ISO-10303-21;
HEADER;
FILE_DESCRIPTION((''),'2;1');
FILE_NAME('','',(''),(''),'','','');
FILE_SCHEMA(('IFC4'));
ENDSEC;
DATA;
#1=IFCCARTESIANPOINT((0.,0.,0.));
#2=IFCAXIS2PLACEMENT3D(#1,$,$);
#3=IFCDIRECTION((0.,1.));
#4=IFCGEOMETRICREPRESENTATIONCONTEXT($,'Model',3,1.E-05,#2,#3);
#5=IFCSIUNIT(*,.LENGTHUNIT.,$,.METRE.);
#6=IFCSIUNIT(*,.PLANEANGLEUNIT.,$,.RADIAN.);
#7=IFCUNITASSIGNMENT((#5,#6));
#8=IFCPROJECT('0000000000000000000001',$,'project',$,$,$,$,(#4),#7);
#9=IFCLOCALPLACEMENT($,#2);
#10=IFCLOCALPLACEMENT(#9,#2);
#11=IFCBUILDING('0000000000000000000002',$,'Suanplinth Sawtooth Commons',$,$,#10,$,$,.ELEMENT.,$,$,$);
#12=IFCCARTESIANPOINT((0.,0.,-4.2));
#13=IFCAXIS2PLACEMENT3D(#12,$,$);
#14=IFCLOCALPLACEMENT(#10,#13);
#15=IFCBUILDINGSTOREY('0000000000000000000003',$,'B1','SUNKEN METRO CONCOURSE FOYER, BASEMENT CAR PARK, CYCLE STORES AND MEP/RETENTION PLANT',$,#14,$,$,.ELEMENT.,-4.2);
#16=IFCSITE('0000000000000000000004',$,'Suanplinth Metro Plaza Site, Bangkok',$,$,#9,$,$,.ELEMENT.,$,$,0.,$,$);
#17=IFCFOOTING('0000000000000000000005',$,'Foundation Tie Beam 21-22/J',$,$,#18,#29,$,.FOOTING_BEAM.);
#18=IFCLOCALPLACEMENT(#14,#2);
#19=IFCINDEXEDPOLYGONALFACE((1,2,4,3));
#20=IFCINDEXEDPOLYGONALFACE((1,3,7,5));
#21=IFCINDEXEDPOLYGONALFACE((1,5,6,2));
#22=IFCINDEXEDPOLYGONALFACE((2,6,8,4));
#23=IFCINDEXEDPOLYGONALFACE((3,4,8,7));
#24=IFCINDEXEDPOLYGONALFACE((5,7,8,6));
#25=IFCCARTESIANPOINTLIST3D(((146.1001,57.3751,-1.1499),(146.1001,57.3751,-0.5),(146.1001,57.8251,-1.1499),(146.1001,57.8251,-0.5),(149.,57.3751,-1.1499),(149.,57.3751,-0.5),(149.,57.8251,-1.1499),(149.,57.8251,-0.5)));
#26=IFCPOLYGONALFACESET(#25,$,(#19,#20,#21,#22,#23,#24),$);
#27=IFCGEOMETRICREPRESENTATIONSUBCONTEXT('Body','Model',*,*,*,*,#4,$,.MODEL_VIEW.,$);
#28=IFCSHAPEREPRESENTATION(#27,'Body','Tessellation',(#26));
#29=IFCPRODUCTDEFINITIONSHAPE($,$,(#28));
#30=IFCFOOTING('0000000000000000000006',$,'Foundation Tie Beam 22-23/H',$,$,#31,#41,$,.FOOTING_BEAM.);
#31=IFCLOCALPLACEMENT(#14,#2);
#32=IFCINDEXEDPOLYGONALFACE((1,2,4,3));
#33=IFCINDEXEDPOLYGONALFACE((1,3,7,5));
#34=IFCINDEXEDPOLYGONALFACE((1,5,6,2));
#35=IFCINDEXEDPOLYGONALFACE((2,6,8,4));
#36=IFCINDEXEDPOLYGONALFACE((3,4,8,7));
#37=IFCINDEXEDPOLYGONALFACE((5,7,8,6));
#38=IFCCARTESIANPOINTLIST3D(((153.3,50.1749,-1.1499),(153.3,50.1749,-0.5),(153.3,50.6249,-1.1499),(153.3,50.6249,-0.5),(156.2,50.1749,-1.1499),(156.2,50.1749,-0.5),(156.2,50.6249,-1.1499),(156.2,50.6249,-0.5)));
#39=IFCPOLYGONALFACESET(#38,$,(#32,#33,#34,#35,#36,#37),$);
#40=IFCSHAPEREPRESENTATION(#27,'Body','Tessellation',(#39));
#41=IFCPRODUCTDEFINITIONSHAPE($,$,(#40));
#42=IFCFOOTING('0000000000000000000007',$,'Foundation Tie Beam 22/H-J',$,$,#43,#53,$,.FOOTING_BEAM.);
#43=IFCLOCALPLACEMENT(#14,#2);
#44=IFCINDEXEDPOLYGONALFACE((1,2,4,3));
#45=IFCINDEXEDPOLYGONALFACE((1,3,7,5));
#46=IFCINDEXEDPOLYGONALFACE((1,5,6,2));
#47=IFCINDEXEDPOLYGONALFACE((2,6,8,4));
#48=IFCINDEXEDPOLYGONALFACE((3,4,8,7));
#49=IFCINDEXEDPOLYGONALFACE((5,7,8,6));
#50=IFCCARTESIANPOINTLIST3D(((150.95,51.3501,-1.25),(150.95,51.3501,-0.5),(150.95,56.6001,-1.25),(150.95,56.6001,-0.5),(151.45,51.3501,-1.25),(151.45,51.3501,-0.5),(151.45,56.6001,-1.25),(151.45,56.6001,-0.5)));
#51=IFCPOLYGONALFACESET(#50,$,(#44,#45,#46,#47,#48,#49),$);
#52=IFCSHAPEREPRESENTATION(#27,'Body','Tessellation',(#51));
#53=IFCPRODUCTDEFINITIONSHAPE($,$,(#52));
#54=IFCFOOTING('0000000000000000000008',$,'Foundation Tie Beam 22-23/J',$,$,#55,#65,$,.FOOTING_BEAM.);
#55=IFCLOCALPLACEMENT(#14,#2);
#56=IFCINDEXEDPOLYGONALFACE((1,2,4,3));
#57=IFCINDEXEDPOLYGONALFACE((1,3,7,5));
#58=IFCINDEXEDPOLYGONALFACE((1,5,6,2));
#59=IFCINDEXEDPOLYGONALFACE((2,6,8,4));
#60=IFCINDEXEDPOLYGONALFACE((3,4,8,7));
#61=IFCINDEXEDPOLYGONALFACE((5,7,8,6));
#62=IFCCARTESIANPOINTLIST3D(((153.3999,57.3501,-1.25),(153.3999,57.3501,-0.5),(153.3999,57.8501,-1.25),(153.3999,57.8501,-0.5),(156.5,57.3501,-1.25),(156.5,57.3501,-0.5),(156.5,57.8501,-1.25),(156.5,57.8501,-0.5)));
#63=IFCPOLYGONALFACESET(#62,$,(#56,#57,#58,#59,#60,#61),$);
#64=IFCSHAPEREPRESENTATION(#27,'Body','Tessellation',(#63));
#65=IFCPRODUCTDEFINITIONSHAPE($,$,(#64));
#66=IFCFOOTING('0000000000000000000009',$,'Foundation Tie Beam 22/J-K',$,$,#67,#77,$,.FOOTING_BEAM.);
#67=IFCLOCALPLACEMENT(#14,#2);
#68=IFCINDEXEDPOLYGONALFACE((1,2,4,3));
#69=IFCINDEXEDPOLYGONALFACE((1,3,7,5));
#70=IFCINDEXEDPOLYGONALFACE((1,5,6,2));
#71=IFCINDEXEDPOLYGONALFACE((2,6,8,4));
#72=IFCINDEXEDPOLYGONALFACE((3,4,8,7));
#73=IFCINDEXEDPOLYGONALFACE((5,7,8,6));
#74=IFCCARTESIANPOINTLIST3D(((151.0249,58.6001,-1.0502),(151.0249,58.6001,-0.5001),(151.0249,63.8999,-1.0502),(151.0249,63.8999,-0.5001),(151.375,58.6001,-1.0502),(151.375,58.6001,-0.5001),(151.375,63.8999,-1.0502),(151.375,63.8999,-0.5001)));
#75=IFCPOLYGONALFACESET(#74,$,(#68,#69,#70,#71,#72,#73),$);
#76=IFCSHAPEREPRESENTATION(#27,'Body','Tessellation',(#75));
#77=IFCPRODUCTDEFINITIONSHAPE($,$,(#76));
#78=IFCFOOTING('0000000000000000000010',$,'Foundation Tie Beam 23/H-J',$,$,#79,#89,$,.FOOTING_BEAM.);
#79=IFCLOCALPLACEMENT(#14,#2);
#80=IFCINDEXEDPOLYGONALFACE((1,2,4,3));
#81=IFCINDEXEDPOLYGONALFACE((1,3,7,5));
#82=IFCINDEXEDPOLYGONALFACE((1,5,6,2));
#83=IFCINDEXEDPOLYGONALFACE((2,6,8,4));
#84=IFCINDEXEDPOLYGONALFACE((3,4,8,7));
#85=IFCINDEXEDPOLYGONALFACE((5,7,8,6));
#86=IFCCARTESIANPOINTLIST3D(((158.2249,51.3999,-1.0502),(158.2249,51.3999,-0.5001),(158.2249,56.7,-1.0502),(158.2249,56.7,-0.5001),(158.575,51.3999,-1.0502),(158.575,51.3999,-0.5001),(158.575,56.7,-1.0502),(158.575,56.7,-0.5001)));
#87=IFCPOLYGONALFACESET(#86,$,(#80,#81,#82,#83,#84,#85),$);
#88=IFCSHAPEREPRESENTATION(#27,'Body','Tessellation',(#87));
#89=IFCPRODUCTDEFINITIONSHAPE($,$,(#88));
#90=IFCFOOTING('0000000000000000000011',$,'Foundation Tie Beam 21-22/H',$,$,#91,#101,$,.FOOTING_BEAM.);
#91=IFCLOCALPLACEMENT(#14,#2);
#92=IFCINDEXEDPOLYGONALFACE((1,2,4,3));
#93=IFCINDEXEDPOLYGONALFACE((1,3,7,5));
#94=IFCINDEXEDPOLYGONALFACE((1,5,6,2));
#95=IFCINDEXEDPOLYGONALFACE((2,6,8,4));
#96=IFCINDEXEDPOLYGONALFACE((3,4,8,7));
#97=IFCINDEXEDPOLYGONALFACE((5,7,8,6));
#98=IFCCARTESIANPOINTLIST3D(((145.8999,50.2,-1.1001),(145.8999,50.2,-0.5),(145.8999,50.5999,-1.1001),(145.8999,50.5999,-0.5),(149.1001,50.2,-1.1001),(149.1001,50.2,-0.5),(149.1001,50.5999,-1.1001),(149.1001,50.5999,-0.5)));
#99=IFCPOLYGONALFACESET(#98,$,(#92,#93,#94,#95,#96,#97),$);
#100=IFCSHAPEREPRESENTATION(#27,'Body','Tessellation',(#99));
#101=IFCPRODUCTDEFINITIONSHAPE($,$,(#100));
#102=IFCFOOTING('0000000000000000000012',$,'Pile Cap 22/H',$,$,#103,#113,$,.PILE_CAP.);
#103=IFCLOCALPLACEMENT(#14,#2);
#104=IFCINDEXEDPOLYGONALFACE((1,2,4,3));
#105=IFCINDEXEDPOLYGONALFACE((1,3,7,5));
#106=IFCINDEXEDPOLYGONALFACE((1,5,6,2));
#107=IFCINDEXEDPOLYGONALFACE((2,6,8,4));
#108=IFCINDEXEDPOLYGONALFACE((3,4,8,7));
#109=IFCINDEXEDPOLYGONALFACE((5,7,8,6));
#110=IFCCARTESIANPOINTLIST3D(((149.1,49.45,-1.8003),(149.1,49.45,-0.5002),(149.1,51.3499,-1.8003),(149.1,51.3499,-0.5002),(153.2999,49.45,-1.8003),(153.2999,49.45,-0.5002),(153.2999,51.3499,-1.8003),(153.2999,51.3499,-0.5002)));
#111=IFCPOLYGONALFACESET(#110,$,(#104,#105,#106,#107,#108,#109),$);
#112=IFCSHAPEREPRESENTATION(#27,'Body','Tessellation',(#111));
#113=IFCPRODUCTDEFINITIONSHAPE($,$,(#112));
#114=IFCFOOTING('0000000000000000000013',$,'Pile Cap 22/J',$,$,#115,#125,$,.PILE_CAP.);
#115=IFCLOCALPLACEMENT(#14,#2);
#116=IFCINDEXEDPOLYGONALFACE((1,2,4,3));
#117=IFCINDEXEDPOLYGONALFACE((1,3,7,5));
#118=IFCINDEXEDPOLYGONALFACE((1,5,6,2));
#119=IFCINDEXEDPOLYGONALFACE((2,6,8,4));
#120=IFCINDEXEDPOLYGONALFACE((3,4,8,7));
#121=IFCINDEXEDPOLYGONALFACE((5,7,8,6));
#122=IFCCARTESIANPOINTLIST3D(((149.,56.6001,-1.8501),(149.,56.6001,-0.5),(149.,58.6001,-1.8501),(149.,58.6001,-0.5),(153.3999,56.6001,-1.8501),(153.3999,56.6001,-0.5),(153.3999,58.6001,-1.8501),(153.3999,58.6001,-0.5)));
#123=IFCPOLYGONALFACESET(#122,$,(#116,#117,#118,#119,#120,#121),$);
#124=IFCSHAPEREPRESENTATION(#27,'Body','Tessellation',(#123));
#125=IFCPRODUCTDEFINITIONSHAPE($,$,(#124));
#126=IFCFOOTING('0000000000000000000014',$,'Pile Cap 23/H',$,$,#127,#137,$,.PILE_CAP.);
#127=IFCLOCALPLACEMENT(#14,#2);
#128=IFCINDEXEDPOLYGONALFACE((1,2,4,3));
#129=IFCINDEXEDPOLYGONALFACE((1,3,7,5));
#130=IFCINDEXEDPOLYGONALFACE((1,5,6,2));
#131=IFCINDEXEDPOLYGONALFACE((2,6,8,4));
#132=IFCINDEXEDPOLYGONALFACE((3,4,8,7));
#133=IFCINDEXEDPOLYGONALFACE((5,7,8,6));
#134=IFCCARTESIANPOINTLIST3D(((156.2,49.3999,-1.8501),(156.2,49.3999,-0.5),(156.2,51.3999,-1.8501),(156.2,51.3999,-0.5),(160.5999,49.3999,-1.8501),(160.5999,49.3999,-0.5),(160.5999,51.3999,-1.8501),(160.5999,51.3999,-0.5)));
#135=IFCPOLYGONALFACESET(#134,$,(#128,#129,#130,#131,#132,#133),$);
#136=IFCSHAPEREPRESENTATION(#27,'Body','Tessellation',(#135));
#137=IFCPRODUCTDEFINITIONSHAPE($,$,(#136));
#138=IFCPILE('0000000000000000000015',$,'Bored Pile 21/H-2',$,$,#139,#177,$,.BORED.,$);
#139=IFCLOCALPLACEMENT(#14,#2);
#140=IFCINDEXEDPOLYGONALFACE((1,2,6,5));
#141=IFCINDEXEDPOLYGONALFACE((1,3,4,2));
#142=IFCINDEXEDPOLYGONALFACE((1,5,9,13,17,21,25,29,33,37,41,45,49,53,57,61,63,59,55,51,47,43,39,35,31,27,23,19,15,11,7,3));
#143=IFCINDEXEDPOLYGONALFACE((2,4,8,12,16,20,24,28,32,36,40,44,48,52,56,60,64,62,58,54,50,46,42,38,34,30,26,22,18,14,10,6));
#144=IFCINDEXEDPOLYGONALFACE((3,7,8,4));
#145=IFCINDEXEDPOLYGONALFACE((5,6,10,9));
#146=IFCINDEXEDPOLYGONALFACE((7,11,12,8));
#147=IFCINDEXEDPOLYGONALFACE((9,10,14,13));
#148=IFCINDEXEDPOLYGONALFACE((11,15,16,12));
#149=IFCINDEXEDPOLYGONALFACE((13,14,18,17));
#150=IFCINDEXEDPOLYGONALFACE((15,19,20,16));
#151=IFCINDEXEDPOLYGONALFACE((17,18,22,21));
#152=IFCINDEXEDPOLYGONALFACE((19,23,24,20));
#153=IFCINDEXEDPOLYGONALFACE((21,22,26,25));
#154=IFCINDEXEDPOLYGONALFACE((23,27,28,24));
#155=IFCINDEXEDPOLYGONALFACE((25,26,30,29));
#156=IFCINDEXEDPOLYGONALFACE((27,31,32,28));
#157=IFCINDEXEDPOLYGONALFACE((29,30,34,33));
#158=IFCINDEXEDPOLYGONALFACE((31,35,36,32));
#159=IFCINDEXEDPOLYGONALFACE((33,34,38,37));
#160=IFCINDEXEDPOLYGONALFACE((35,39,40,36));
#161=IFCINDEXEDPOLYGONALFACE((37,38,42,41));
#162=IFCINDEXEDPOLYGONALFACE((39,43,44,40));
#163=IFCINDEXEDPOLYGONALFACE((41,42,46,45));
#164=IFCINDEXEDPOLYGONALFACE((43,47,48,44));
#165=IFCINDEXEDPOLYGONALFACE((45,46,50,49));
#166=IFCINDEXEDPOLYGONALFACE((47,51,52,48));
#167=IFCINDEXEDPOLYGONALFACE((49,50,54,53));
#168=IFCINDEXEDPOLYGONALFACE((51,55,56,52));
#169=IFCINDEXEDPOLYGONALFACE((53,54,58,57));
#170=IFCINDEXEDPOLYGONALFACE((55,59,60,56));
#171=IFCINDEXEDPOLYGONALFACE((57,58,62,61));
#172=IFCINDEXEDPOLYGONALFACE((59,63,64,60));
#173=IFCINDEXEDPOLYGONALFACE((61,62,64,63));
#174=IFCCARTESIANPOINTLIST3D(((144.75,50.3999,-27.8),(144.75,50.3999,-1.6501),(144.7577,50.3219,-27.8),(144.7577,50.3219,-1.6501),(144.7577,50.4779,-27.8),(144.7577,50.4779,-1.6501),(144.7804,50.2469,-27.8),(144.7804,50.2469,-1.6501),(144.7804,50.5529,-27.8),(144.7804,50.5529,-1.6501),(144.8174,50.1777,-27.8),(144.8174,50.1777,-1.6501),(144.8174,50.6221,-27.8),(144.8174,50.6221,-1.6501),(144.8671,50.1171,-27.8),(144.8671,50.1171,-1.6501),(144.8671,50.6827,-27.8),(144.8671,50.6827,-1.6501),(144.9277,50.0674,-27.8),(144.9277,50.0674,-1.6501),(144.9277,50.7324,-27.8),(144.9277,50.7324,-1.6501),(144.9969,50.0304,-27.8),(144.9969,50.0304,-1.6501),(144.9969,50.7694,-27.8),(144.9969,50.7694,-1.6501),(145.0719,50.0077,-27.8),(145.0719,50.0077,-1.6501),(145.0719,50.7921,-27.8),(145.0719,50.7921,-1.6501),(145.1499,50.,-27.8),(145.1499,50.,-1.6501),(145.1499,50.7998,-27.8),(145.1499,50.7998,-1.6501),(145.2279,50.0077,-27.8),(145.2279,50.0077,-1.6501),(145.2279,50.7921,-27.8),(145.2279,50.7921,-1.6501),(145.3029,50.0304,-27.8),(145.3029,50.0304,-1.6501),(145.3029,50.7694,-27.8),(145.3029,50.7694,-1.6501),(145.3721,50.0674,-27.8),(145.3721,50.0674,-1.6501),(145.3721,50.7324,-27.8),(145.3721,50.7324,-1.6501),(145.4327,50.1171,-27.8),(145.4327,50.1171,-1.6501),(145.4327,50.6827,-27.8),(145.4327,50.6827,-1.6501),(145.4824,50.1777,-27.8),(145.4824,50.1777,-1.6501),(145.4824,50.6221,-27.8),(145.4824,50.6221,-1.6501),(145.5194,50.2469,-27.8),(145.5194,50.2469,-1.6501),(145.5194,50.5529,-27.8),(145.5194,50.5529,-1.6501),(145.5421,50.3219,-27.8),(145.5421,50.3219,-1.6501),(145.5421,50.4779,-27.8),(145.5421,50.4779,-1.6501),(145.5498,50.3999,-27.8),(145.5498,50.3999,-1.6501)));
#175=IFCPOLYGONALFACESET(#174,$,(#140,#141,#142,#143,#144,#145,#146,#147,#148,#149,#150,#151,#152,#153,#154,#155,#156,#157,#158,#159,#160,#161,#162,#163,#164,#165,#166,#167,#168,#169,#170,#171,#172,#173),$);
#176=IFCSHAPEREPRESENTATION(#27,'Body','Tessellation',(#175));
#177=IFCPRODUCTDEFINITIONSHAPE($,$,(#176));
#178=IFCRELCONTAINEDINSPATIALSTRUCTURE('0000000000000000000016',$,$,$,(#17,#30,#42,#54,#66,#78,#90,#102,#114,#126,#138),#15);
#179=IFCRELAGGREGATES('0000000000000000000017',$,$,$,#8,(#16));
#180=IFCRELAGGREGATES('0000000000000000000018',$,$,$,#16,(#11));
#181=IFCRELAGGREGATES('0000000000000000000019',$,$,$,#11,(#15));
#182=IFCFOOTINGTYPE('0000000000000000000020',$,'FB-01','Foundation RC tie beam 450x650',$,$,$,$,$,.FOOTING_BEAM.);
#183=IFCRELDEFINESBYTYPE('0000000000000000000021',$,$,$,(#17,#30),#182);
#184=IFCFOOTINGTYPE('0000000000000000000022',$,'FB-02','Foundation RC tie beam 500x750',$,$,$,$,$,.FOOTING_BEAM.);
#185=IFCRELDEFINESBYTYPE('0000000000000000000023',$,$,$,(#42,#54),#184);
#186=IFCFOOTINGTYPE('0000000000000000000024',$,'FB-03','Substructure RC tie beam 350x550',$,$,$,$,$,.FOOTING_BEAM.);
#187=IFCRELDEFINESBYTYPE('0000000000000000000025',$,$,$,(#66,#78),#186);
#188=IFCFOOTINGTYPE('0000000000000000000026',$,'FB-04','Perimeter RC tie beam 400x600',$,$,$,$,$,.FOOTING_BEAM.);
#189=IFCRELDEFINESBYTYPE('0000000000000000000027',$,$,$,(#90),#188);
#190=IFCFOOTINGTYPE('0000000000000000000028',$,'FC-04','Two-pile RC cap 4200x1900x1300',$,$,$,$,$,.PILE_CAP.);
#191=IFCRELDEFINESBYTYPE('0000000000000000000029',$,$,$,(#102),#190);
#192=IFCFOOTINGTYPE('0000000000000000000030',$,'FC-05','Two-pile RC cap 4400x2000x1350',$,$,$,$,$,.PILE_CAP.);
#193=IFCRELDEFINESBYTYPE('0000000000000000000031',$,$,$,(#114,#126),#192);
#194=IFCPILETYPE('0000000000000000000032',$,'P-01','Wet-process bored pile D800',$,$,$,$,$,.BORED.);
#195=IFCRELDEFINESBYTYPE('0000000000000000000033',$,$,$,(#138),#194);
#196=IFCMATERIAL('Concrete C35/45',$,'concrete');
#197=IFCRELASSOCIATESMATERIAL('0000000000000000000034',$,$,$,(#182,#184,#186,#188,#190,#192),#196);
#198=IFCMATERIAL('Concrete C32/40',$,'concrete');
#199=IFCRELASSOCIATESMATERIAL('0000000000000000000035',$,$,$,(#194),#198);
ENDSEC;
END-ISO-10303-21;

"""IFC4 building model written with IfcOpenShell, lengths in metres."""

from ifc_helpers import new_model, si_unit, direction, frame, origin, origin_2d, place, context, subcontext, project, spatial, rectangle, circle, extrude, material, material_profile, profile_set, type_object, element, save


model = new_model("IFC4")

# Units and contexts
model_context = context("Model", 3, precision=1e-05, world=origin(), true_north=direction((0.0, 1.0)))
body_context = subcontext(model_context, "Body", "Model", "MODEL_VIEW")
ifc_project = project(units=[si_unit("LENGTHUNIT", "METRE"), si_unit("PLANEANGLEUNIT", "RADIAN")], contexts=[model_context])

# Site, building, storey
site_placement = place(None, origin())
site = spatial("IfcSite", under=ifc_project, at=site_placement, Name="Suanplinth Metro Plaza Site, Bangkok", CompositionType="ELEMENT", RefElevation=0.0)
building_placement = place(site_placement, origin())
building = spatial("IfcBuilding", under=site, at=building_placement, Name="Suanplinth Sawtooth Commons", CompositionType="ELEMENT")
storey_placement = place(building_placement, frame((0.0, 0.0, -4.2)))
storey = spatial("IfcBuildingStorey", under=building, at=storey_placement, Name="B1", Description="SUNKEN METRO CONCOURSE FOYER, BASEMENT CAR PARK, CYCLE STORES AND MEP/RETENTION PLANT", CompositionType="ELEMENT", Elevation=-4.2)

# Footings
ifc_material_1 = material(Name="Concrete C35/45", Category="concrete")
ifc_material_profile_1 = material_profile(ifc_material_1, rectangle(XDim=0.45, YDim=0.6499, at=origin_2d()), Name="PC-GDR 450x650")
ifc_profile_set_1 = profile_set([ifc_material_profile_1], Name="Concrete C35/45")
footing_type_1 = type_object("IfcFootingType", Name="FB-01", Description="Foundation RC tie beam 450x650", PredefinedType="FOOTING_BEAM", material=ifc_profile_set_1)
for number, where, z_axis, x_axis, name in (
    (1, (146.1001, 57.6001, -0.825), (1.0, 0.0, 0.0), (0.0, 1.0, 0.0), "Foundation Tie Beam 21-22/J"),
    (2, (153.3, 50.3999, -0.825), (1.0, 0.0, 0.0), (0.0, 1.0, 0.0), "Foundation Tie Beam 22-23/H"),
):
    element("IfcFooting", number, at=place(storey_placement, frame(where, z_axis=z_axis, x_axis=x_axis)), inside=storey, type_object=footing_type_1, Name=name, PredefinedType="FOOTING_BEAM", context=body_context, shape_type="SweptSolid", body=[
        extrude(rectangle(XDim=0.45, YDim=0.6499, at=origin_2d()), origin(), (0.0, 0.0, 1.0), 2.8999),
    ])
ifc_material_profile_2 = material_profile(ifc_material_1, rectangle(XDim=0.5, YDim=0.75, at=origin_2d()), Name="RC-GDR 500x750")
ifc_profile_set_2 = profile_set([ifc_material_profile_2], Name="Concrete C35/45")
footing_type_2 = type_object("IfcFootingType", Name="FB-02", Description="Foundation RC tie beam 500x750", PredefinedType="FOOTING_BEAM", material=ifc_profile_set_2)
footing_1_placement = place(storey_placement, frame((151.2, 51.3501, -0.875), z_axis=(0.0, 1.0, 0.0), x_axis=(-1.0, 0.0, 0.0)))
element("IfcFooting", 3, at=footing_1_placement, inside=storey, type_object=footing_type_2, Name="Foundation Tie Beam 22/H-J", PredefinedType="FOOTING_BEAM", context=body_context, shape_type="SweptSolid", body=[
    extrude(rectangle(XDim=0.5, YDim=0.75, at=origin_2d()), origin(), (0.0, 0.0, 1.0), 5.25),
])
footing_2_placement = place(storey_placement, frame((153.3999, 57.6001, -0.875), z_axis=(1.0, 0.0, 0.0), x_axis=(0.0, 1.0, 0.0)))
element("IfcFooting", 4, at=footing_2_placement, inside=storey, type_object=footing_type_2, Name="Foundation Tie Beam 22-23/J", PredefinedType="FOOTING_BEAM", context=body_context, shape_type="SweptSolid", body=[
    extrude(rectangle(XDim=0.5, YDim=0.75, at=origin_2d()), origin(), (0.0, 0.0, 1.0), 3.1001),
])
ifc_material_profile_3 = material_profile(ifc_material_1, rectangle(XDim=0.3501, YDim=0.55, at=origin_2d()), Name="PC-BM 350x550")
ifc_profile_set_3 = profile_set([ifc_material_profile_3], Name="Concrete C35/45")
footing_type_3 = type_object("IfcFootingType", Name="FB-03", Description="Substructure RC tie beam 350x550", PredefinedType="FOOTING_BEAM", material=ifc_profile_set_3)
footing_3_placement = place(storey_placement, frame((151.2, 58.6001, -0.7751), z_axis=(0.0, 1.0, 0.0), x_axis=(-1.0, 0.0, 0.0)))
element("IfcFooting", 5, at=footing_3_placement, inside=storey, type_object=footing_type_3, Name="Foundation Tie Beam 22/J-K", PredefinedType="FOOTING_BEAM", context=body_context, shape_type="SweptSolid", body=[
    extrude(rectangle(XDim=0.3501, YDim=0.55, at=origin_2d()), origin(), (0.0, 0.0, 1.0), 5.2998),
])
footing_4_placement = place(storey_placement, frame((158.3999, 51.3999, -0.7751), z_axis=(0.0, 1.0, 0.0), x_axis=(-1.0, 0.0, 0.0)))
element("IfcFooting", 6, at=footing_4_placement, inside=storey, type_object=footing_type_3, Name="Foundation Tie Beam 23/H-J", PredefinedType="FOOTING_BEAM", context=body_context, shape_type="SweptSolid", body=[
    extrude(rectangle(XDim=0.3501, YDim=0.55, at=origin_2d()), origin(), (0.0, 0.0, 1.0), 5.3),
])
ifc_material_profile_4 = material_profile(ifc_material_1, rectangle(XDim=0.3999, YDim=0.6001, at=origin_2d()), Name="PC-GDR 400x600")
ifc_profile_set_4 = profile_set([ifc_material_profile_4], Name="Concrete C35/45")
footing_type_4 = type_object("IfcFootingType", Name="FB-04", Description="Perimeter RC tie beam 400x600", PredefinedType="FOOTING_BEAM", material=ifc_profile_set_4)
footing_5_placement = place(storey_placement, frame((145.8999, 50.3999, -0.8), z_axis=(1.0, 0.0, 0.0), x_axis=(0.0, 1.0, 0.0)))
element("IfcFooting", 7, at=footing_5_placement, inside=storey, type_object=footing_type_4, Name="Foundation Tie Beam 21-22/H", PredefinedType="FOOTING_BEAM", context=body_context, shape_type="SweptSolid", body=[
    extrude(rectangle(XDim=0.3999, YDim=0.6001, at=origin_2d()), origin(), (0.0, 0.0, 1.0), 3.2002),
])
footing_type_5 = type_object("IfcFootingType", Name="FC-04", Description="Two-pile RC cap 4200x1900x1300", PredefinedType="PILE_CAP", material=ifc_material_1)
footing_6_placement = place(storey_placement, frame((151.2, 50.3999, -1.8003), z_axis=(0.0, 0.0, 1.0), x_axis=(1.0, 0.0, 0.0)))
element("IfcFooting", 8, at=footing_6_placement, inside=storey, type_object=footing_type_5, Name="Pile Cap 22/H", PredefinedType="PILE_CAP", context=body_context, shape_type="SweptSolid", body=[
    extrude(rectangle(XDim=4.2, YDim=1.8999, at=origin_2d()), origin(), (0.0, 0.0, 1.0), 1.3),
])
footing_type_6 = type_object("IfcFootingType", Name="FC-05", Description="Two-pile RC cap 4400x2000x1350", PredefinedType="PILE_CAP", material=ifc_material_1)
for number, where, z_axis, x_axis, name in (
    (9, (151.2, 57.6001, -1.8501), (0.0, 0.0, 1.0), (1.0, 0.0, 0.0), "Pile Cap 22/J"),
    (10, (158.3999, 50.3999, -1.8501), (0.0, 0.0, 1.0), (1.0, 0.0, 0.0), "Pile Cap 23/H"),
):
    element("IfcFooting", number, at=place(storey_placement, frame(where, z_axis=z_axis, x_axis=x_axis)), inside=storey, type_object=footing_type_6, Name=name, PredefinedType="PILE_CAP", context=body_context, shape_type="SweptSolid", body=[
        extrude(rectangle(XDim=4.3999, YDim=2.0, at=origin_2d()), origin(), (0.0, 0.0, 1.0), 1.3501),
    ])

# Pile
ifc_material_2 = material(Name="Concrete C32/40", Category="concrete")
ifc_material_profile_5 = material_profile(ifc_material_2, circle(Radius=0.3999, at=origin_2d()), Name="PILE D800")
ifc_profile_set_5 = profile_set([ifc_material_profile_5], Name="Concrete C32/40")
pile_type_1 = type_object("IfcPileType", Name="P-01", Description="Wet-process bored pile D800", PredefinedType="BORED", material=ifc_profile_set_5)
for number, where, z_axis, x_axis, name in (
    (11, (145.1499, 50.3999, -1.6501), (0.0, 0.0, -1.0), (1.0, 0.0, 0.0), "Bored Pile 21/H-2"),
):
    element("IfcPile", number, at=place(storey_placement, frame(where, z_axis=z_axis, x_axis=x_axis)), inside=storey, type_object=pile_type_1, Name=name, PredefinedType="BORED", context=body_context, shape_type="SweptSolid", body=[
        extrude(circle(Radius=0.3999, at=origin_2d()), origin(), (0.0, 0.0, 1.0), 26.1499),
    ])

save(model, "model.ifc")
